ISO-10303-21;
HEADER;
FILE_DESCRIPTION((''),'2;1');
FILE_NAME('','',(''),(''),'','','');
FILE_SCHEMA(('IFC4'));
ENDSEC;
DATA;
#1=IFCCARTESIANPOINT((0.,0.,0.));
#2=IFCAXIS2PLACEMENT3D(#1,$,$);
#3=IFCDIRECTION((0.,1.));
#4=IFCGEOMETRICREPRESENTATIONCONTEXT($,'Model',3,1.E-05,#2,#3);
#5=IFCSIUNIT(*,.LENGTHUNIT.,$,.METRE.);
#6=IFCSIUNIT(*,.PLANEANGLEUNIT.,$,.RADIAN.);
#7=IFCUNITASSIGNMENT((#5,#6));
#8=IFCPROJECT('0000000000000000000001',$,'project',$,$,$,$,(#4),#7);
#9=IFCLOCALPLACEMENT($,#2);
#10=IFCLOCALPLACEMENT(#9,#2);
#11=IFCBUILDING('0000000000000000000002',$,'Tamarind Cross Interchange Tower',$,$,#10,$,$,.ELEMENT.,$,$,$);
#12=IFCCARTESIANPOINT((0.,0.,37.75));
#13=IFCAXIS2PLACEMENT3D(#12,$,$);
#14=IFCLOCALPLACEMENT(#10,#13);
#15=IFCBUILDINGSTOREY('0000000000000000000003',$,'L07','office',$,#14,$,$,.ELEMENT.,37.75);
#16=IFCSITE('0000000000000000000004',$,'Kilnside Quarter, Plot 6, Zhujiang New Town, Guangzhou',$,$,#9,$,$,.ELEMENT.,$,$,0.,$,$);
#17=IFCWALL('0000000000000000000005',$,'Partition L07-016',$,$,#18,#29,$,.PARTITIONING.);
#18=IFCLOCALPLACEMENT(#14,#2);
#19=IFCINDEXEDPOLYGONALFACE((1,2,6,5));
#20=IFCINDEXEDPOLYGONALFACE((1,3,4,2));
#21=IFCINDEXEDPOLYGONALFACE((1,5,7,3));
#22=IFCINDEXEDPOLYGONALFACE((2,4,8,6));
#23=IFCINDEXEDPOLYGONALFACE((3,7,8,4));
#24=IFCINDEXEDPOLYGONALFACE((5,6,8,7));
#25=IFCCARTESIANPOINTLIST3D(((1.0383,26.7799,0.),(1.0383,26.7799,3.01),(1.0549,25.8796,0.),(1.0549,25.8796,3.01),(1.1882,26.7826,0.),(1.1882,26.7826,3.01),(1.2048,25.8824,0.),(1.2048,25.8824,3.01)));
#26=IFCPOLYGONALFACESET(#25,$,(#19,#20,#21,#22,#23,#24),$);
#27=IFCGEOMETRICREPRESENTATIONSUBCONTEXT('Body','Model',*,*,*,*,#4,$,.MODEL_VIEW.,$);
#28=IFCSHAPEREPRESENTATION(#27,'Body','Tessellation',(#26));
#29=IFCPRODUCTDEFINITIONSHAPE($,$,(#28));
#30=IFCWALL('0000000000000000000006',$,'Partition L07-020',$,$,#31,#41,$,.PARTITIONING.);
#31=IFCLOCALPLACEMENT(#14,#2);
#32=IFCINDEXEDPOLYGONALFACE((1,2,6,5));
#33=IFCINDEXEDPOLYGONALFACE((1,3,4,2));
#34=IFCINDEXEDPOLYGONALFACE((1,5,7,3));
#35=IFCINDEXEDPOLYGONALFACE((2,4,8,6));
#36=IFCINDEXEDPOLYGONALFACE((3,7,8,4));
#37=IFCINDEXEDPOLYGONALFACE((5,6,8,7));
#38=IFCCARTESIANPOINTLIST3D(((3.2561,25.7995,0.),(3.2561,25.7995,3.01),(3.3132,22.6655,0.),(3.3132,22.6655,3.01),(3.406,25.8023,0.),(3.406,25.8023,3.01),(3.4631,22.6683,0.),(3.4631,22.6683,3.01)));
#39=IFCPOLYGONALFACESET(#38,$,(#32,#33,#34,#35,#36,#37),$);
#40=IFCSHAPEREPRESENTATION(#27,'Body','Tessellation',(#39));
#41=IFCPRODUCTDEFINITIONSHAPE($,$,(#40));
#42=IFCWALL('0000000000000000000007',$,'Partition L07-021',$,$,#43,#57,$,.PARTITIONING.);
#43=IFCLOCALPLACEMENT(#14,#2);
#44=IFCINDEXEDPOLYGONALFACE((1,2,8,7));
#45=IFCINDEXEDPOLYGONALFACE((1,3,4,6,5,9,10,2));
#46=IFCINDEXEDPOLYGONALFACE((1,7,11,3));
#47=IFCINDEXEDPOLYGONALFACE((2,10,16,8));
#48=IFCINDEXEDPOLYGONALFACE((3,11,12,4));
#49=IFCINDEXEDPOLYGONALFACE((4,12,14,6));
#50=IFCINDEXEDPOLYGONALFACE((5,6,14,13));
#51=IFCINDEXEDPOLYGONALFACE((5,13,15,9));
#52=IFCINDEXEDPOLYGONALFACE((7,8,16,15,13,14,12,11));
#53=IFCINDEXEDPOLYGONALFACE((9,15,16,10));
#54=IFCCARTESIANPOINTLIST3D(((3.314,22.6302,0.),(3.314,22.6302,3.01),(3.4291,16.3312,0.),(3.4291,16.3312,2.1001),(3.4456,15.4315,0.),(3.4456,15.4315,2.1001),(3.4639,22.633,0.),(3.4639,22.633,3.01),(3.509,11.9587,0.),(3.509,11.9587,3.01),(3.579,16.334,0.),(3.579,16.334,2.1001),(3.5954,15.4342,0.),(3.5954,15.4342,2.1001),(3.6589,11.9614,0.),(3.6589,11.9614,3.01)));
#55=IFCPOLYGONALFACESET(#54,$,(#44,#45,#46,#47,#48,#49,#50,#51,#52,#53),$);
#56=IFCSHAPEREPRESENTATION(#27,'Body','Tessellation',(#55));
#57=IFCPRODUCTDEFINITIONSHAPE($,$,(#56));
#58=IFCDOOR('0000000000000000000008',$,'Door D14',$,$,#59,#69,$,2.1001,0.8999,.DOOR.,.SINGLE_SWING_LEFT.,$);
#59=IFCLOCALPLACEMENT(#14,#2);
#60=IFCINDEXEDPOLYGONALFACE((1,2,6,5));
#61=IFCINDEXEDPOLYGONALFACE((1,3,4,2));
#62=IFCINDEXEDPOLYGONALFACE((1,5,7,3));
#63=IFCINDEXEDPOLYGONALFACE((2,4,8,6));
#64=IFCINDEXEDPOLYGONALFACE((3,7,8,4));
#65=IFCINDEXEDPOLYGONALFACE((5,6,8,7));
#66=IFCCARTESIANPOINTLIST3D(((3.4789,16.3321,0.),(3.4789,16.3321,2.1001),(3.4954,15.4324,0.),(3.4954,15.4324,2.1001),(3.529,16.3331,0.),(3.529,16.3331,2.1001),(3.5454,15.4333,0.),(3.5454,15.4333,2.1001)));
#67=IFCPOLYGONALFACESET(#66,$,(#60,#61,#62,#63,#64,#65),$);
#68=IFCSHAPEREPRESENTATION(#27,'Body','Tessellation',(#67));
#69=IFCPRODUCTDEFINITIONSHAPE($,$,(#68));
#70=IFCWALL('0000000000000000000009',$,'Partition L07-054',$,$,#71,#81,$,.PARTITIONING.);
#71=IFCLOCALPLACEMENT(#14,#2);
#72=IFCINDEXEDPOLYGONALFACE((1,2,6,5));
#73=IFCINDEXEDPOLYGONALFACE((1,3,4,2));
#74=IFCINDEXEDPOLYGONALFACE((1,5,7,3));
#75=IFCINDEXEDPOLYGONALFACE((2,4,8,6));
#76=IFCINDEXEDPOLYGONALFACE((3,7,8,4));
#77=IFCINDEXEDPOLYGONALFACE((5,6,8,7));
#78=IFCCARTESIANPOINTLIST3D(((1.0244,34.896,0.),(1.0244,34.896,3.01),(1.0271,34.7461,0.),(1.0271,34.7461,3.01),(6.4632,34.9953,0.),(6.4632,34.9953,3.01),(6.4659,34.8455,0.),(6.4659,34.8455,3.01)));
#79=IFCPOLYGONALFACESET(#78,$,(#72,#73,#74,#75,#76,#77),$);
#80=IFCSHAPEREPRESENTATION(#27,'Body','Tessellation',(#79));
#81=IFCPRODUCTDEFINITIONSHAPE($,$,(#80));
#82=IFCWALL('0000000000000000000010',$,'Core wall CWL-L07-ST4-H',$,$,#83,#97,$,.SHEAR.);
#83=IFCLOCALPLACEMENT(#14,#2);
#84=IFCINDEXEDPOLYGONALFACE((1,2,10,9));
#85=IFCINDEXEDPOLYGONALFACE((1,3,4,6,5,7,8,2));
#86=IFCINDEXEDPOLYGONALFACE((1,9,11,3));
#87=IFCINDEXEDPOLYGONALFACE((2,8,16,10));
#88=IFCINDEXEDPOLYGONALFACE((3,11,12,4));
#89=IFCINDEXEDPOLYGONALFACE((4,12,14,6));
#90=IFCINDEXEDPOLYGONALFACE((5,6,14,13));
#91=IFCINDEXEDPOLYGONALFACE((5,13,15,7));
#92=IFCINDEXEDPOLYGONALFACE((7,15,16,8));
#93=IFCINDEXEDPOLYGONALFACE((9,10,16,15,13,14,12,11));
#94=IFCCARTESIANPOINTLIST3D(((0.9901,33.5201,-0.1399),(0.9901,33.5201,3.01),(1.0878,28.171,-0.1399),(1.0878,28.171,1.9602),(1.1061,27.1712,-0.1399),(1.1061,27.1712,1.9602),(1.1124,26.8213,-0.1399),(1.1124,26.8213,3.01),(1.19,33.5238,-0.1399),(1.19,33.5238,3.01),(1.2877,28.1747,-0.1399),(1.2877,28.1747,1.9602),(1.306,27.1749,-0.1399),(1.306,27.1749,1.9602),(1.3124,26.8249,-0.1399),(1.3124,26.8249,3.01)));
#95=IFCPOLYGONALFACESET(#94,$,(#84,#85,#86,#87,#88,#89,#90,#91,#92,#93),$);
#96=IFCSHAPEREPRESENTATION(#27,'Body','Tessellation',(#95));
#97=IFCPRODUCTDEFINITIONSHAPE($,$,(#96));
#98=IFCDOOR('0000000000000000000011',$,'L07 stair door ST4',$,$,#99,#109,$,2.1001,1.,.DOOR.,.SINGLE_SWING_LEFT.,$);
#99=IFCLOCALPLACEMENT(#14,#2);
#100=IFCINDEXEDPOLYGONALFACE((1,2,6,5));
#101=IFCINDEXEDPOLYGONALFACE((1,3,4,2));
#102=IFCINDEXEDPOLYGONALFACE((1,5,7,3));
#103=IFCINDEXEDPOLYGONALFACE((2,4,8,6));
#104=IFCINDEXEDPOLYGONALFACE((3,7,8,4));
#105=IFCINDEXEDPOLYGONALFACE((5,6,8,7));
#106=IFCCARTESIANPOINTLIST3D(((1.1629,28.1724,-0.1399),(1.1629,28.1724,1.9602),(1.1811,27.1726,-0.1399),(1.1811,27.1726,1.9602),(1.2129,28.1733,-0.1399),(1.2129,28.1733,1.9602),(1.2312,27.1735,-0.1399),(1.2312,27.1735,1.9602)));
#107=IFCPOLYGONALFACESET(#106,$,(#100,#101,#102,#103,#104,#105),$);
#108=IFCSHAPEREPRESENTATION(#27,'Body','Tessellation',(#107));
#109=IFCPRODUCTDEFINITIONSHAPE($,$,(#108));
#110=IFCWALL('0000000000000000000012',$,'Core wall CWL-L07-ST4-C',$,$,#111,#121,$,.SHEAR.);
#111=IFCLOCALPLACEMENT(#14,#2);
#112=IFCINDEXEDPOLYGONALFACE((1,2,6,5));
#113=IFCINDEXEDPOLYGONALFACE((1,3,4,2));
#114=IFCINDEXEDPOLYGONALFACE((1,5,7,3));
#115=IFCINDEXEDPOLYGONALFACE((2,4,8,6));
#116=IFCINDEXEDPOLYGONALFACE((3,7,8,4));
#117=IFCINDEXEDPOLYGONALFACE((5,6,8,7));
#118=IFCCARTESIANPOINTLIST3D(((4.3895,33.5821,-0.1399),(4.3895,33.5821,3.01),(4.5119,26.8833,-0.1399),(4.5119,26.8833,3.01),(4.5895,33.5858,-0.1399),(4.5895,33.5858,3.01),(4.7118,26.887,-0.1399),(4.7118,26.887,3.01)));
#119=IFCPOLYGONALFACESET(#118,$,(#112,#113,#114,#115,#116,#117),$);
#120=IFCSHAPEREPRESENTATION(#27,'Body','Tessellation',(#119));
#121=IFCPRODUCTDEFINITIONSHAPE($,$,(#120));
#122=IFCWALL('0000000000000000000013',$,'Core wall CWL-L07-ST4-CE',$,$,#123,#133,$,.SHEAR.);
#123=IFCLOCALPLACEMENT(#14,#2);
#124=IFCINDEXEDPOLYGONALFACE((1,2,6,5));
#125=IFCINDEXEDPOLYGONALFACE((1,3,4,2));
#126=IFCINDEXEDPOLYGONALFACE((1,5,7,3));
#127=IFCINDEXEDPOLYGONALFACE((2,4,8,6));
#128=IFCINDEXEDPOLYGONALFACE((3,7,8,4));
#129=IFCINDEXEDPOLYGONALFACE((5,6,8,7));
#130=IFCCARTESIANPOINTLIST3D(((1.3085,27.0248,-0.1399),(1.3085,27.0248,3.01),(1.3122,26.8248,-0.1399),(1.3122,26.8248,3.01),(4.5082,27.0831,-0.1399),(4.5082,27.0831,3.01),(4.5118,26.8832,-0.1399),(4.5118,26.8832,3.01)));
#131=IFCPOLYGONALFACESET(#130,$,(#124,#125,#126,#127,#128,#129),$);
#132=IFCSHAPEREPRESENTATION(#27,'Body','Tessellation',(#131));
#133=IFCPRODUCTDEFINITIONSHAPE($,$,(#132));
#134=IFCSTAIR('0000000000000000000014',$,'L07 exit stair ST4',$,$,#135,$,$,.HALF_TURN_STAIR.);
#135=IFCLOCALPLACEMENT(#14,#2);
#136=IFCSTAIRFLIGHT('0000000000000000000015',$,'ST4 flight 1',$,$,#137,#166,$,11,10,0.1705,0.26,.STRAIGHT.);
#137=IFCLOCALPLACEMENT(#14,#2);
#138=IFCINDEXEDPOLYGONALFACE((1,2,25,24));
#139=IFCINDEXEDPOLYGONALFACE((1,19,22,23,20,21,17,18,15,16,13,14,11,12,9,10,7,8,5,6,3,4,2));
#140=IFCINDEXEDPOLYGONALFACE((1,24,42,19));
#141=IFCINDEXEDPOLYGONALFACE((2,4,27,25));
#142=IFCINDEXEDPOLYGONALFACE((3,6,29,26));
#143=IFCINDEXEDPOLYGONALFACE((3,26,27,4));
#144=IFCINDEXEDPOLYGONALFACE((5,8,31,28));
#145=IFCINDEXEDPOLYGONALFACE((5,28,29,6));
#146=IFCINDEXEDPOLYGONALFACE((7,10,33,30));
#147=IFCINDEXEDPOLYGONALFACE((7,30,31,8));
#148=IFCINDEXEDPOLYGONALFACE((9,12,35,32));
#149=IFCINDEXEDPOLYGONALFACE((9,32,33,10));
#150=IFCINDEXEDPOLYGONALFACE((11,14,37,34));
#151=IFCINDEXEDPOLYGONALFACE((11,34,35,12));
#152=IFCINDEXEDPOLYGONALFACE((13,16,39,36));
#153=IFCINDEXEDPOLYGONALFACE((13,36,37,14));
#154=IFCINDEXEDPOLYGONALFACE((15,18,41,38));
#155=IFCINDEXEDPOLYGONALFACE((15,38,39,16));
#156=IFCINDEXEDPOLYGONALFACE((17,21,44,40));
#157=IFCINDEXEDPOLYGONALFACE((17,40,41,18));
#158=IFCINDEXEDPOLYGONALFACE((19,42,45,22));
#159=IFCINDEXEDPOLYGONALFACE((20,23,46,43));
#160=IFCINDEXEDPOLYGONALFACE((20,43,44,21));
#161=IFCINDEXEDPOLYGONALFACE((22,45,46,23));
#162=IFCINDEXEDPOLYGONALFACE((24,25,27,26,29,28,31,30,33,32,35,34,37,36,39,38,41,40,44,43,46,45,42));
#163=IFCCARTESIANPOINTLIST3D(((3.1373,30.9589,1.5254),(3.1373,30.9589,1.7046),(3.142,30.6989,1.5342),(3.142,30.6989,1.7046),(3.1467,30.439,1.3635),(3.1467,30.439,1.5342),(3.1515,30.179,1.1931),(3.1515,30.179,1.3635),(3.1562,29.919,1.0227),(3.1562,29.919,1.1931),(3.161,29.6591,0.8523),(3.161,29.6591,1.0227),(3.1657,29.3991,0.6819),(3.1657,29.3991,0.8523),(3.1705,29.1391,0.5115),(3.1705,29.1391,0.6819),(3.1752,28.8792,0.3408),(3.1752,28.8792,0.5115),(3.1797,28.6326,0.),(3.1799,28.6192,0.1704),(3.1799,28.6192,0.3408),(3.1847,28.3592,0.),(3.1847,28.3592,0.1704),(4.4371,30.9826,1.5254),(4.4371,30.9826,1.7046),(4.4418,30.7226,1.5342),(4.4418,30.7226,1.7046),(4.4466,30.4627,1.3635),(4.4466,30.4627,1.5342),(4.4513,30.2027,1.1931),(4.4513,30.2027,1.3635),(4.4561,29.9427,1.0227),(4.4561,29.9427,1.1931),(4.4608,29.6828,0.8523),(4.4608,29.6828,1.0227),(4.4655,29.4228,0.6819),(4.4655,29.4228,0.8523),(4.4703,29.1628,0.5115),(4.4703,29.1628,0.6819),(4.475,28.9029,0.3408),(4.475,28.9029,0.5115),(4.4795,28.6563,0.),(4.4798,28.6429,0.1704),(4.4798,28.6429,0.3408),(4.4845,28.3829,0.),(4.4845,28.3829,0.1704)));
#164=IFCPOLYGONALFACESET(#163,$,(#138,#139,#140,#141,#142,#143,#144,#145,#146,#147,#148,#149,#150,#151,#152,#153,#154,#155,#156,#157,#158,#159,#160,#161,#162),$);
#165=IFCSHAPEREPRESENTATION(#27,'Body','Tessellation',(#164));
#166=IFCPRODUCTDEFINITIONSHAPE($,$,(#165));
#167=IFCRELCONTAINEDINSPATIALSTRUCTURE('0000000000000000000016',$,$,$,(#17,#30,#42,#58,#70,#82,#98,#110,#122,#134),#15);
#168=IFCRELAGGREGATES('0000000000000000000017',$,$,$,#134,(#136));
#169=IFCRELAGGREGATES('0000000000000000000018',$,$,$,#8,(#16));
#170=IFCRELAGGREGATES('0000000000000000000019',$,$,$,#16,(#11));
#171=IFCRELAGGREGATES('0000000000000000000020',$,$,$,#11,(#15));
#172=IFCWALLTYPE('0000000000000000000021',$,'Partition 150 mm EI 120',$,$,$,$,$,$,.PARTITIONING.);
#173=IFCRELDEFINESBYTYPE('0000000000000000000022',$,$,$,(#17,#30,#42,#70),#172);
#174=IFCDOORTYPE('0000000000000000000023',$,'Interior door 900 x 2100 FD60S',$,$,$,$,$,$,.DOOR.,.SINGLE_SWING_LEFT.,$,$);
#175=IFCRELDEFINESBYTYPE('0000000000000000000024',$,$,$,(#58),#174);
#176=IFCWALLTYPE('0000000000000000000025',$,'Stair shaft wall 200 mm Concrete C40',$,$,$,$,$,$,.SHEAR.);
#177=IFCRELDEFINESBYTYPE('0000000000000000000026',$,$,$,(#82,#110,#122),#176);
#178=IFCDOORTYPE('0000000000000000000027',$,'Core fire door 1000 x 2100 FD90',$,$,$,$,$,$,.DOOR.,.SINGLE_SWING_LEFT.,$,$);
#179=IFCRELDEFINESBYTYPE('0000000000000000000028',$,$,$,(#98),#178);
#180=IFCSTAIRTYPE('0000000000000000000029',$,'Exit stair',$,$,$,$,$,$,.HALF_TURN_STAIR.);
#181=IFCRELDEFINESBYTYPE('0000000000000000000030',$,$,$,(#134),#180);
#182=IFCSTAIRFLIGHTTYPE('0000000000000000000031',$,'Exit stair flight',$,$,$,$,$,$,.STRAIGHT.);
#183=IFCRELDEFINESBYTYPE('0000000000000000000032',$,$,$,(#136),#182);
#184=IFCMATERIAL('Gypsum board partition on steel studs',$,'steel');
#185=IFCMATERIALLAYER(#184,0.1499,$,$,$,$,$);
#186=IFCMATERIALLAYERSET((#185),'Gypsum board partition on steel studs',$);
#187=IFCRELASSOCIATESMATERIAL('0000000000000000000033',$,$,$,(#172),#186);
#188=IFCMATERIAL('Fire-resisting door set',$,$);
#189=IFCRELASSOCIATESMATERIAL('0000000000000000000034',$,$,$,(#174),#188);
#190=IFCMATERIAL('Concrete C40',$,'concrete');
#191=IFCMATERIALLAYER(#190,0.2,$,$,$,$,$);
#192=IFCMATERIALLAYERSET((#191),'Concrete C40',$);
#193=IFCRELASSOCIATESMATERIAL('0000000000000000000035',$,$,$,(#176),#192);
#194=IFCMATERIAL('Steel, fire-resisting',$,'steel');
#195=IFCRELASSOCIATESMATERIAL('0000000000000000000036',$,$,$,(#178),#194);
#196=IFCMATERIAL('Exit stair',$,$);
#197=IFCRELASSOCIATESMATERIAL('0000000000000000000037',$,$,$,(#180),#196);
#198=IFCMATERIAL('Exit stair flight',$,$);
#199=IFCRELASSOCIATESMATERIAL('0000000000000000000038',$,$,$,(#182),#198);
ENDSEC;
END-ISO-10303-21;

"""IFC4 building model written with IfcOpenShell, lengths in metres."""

from ifc_helpers import new_model, si_unit, direction, frame, frame_2d, origin, place, context, subcontext, project, spatial, polyline, rectangle, outline, extrude, material, layer, layer_set, type_object, element, fill, aggregate, save


model = new_model("IFC4")

# Units and contexts
model_context = context("Model", 3, precision=1e-05, world=origin(), true_north=direction((0.0, 1.0)))
body_context = subcontext(model_context, "Body", "Model", "MODEL_VIEW")
ifc_project = project(units=[si_unit("LENGTHUNIT", "METRE"), si_unit("PLANEANGLEUNIT", "RADIAN")], contexts=[model_context])

# Site, building, storey
site_placement = place(None, origin())
site = spatial("IfcSite", under=ifc_project, at=site_placement, Name="Kilnside Quarter, Plot 6, Zhujiang New Town, Guangzhou", CompositionType="ELEMENT", RefElevation=0.0)
building_placement = place(site_placement, origin())
building = spatial("IfcBuilding", under=site, at=building_placement, Name="Tamarind Cross Interchange Tower", CompositionType="ELEMENT")
storey_placement = place(building_placement, frame((0.0, 0.0, 37.75)))
storey = spatial("IfcBuildingStorey", under=building, at=storey_placement, Name="L07", Description="office", CompositionType="ELEMENT", Elevation=37.75)

# Shared definitions
ifc_material_1 = material(Name="Gypsum board partition on steel studs", Category="steel")
ifc_layer_1 = layer(ifc_material_1, 0.1499)
ifc_layer_set_1 = layer_set([ifc_layer_1], Name="Gypsum board partition on steel studs")
wall_type_1 = type_object("IfcWallType", Name="Partition 150 mm EI 120", PredefinedType="PARTITIONING", material=ifc_layer_set_1)
ifc_material_2 = material(Name="Fire-resisting door set")
door_type_1 = type_object("IfcDoorType", Name="Interior door 900 x 2100 FD60S", OperationType="SINGLE_SWING_LEFT", PredefinedType="DOOR", material=ifc_material_2)

# Walls
wall_1_placement = place(storey_placement, frame((1.1133, 26.7812, 0.0), z_axis=(0.0, 0.0, 1.0), x_axis=(0.01844, -0.99983, 0.0)))
element("IfcWall", 1, at=wall_1_placement, inside=storey, type_object=wall_type_1, Name="Partition L07-016", PredefinedType="PARTITIONING", context=body_context, shape_type="SweptSolid", body=[
    extrude(rectangle(XDim=0.9004, YDim=0.1499, at=frame_2d((0.4502, 0.0))), origin(), (0.0, 0.0, 1.0), 3.01),
])
wall_2_placement = place(storey_placement, frame((3.3311, 25.801, 0.0), z_axis=(0.0, 0.0, 1.0), x_axis=(0.018226, -0.999834, 0.0)))
element("IfcWall", 2, at=wall_2_placement, inside=storey, type_object=wall_type_1, Name="Partition L07-020", PredefinedType="PARTITIONING", context=body_context, shape_type="SweptSolid", body=[
    extrude(rectangle(XDim=3.1345, YDim=0.1499, at=frame_2d((1.5674, 0.0))), origin(), (0.0, 0.0, 1.0), 3.01),
])

# Wall, opening, door
wall_3_placement = place(storey_placement, frame((3.3889, 22.6316, 0.0), z_axis=(0.0, 0.0, 1.0), x_axis=(0.018276, -0.999833, 0.0)))
wall_3 = element("IfcWall", 3, at=wall_3_placement, inside=storey, type_object=wall_type_1, Name="Partition L07-021", PredefinedType="PARTITIONING", context=body_context, shape_type="SweptSolid", body=[
    extrude(rectangle(XDim=10.6733, YDim=0.1499, at=frame_2d((5.3367, 0.0))), origin(), (0.0, 0.0, 1.0), 3.01),
])
opening_1_placement = place(wall_3_placement, frame((6.3, 0.0, 0.0)))
opening_1 = element("IfcOpeningElement", 4, at=opening_1_placement, cuts=wall_3, PredefinedType="OPENING", context=body_context, shape_type="SweptSolid", body=[
    extrude(rectangle(XDim=0.8999, YDim=2.1001, at=frame_2d((0.45, 1.05))), frame((0.0, 0.085, 0.0), z_axis=(0.0, -1.0, 0.0), x_axis=(1.0, 0.0, 0.0)), (0.0, 0.0, 1.0), 0.1699),
])
door_1_placement = place(opening_1_placement, origin())
door_1 = element("IfcDoor", 5, at=door_1_placement, inside=storey, type_object=door_type_1, Name="Door D14", OperationType="SINGLE_SWING_LEFT", OverallHeight=2.1001, OverallWidth=0.8999, PredefinedType="DOOR", context=body_context, shape_type="SweptSolid", body=[
    extrude(rectangle(XDim=0.8999, YDim=2.1001, at=frame_2d((0.45, 1.05))), frame((0.0, 0.0249, 0.0), z_axis=(0.0, -1.0, 0.0), x_axis=(1.0, 0.0, 0.0)), (0.0, 0.0, 1.0), 0.05),
])
fill(opening_1, door_1)

# Wall
wall_4_placement = place(storey_placement, frame((1.0259, 34.821, 0.0), z_axis=(0.0, 0.0, 1.0), x_axis=(0.999833, 0.018267, 0.0)))
element("IfcWall", 6, at=wall_4_placement, inside=storey, type_object=wall_type_1, Name="Partition L07-054", PredefinedType="PARTITIONING", context=body_context, shape_type="SweptSolid", body=[
    extrude(rectangle(XDim=5.4397, YDim=0.1499, at=frame_2d((2.7197, 0.0))), origin(), (0.0, 0.0, 1.0), 3.01),
])

# Wall, opening, door
ifc_material_3 = material(Name="Concrete C40", Category="concrete")
ifc_layer_2 = layer(ifc_material_3, 0.2)
ifc_layer_set_2 = layer_set([ifc_layer_2], Name="Concrete C40")
wall_type_2 = type_object("IfcWallType", Name="Stair shaft wall 200 mm Concrete C40", PredefinedType="SHEAR", material=ifc_layer_set_2)
wall_5_placement = place(storey_placement, frame((1.2124, 26.823, -0.1399), z_axis=(0.0, 0.0, 1.0), x_axis=(-0.018256, 0.999833, 0.0)))
wall_5 = element("IfcWall", 7, at=wall_5_placement, inside=storey, type_object=wall_type_2, Name="Core wall CWL-L07-ST4-H", PredefinedType="SHEAR", context=body_context, shape_type="SweptSolid", body=[
    extrude(rectangle(XDim=6.7, YDim=0.2, at=frame_2d((3.3501, 0.0))), origin(), (0.0, 0.0, 1.0), 3.1499),
])
opening_2_placement = place(wall_5_placement, frame((0.3501, 0.0, 0.0)))
opening_2 = element("IfcOpeningElement", 8, at=opening_2_placement, cuts=wall_5, PredefinedType="OPENING", context=body_context, shape_type="SweptSolid", body=[
    extrude(rectangle(XDim=1.0, YDim=2.1001, at=frame_2d((0.5, 1.05))), frame((0.0, 0.1099, 0.0), z_axis=(0.0, -1.0, 0.0), x_axis=(1.0, 0.0, 0.0)), (0.0, 0.0, 1.0), 0.22),
])
ifc_material_4 = material(Name="Steel, fire-resisting", Category="steel")
door_type_2 = type_object("IfcDoorType", Name="Core fire door 1000 x 2100 FD90", OperationType="SINGLE_SWING_LEFT", PredefinedType="DOOR", material=ifc_material_4)
door_2_placement = place(opening_2_placement, origin())
door_2 = element("IfcDoor", 9, at=door_2_placement, inside=storey, type_object=door_type_2, Name="L07 stair door ST4", OperationType="SINGLE_SWING_LEFT", OverallHeight=2.1001, OverallWidth=1.0, PredefinedType="DOOR", context=body_context, shape_type="SweptSolid", body=[
    extrude(rectangle(XDim=1.0, YDim=2.1001, at=frame_2d((0.5, 1.05))), frame((0.0, 0.0249, 0.0), z_axis=(0.0, -1.0, 0.0), x_axis=(1.0, 0.0, 0.0)), (0.0, 0.0, 1.0), 0.05),
])
fill(opening_2, door_2)

# Walls
wall_6_placement = place(storey_placement, frame((4.6118, 26.885, -0.1399), z_axis=(0.0, 0.0, 1.0), x_axis=(-0.018256, 0.999833, 0.0)))
element("IfcWall", 10, at=wall_6_placement, inside=storey, type_object=wall_type_2, Name="Core wall CWL-L07-ST4-C", PredefinedType="SHEAR", context=body_context, shape_type="SweptSolid", body=[
    extrude(rectangle(XDim=6.7, YDim=0.2, at=frame_2d((3.3501, 0.0))), origin(), (0.0, 0.0, 1.0), 3.1499),
])
wall_7_placement = place(storey_placement, frame((4.51, 26.9832, -0.1399), z_axis=(0.0, 0.0, 1.0), x_axis=(-0.999834, -0.018233, 0.0)))
element("IfcWall", 11, at=wall_7_placement, inside=storey, type_object=wall_type_2, Name="Core wall CWL-L07-ST4-CE", PredefinedType="SHEAR", context=body_context, shape_type="SweptSolid", body=[
    extrude(rectangle(XDim=3.2002, YDim=0.2, at=frame_2d((1.6001, 0.0))), origin(), (0.0, 0.0, 1.0), 3.1499),
])

# Stair, stair flight
ifc_material_5 = material(Name="Exit stair")
stair_type = type_object("IfcStairType", Name="Exit stair", PredefinedType="HALF_TURN_STAIR", material=ifc_material_5)
stair_placement = place(storey_placement, origin())
stair = element("IfcStair", 12, at=stair_placement, inside=storey, type_object=stair_type, Name="L07 exit stair ST4", PredefinedType="HALF_TURN_STAIR")
ifc_material_6 = material(Name="Exit stair flight")
stair_flight_type = type_object("IfcStairFlightType", Name="Exit stair flight", PredefinedType="STRAIGHT", material=ifc_material_6)
stair_flight_1_placement = place(storey_placement, frame((3.8345, 28.3711, 0.0), z_axis=(0.0, 0.0, 1.0), x_axis=(-0.018234, 0.999834, 0.0)))
stair_flight_1 = element("IfcStairFlight", 13, at=stair_flight_1_placement, type_object=stair_flight_type, Name="ST4 flight 1", NumberOfRisers=11, NumberOfTreads=10, PredefinedType="STRAIGHT", RiserHeight=0.1705, TreadLength=0.26, context=body_context, shape_type="SweptSolid", body=[
    extrude(outline(polyline([(0.0, 0.0), (0.0, 0.1704), (0.26, 0.1704), (0.26, 0.3408), (0.52, 0.3408), (0.52, 0.5115), (0.78, 0.5115), (0.78, 0.6819), (1.04, 0.6819), (1.04, 0.8523), (1.3, 0.8523), (1.3, 1.0227), (1.5601, 1.0227), (1.5601, 1.1931), (1.8201, 1.1931), (1.8201, 1.3635), (2.0801, 1.3635), (2.0801, 1.5342), (2.3401, 1.5342), (2.3401, 1.7046), (2.6001, 1.7046), (2.6001, 1.875), (2.6001, 1.5254), (0.2734, 0.0), (0.0, 0.0)])), frame((0.0, 0.6499, 0.0), z_axis=(0.0, -1.0, 0.0), x_axis=(1.0, 0.0, 0.0)), (0.0, 0.0, 1.0), 1.3),
])
aggregate(stair, [stair_flight_1])

save(model, "model.ifc")
